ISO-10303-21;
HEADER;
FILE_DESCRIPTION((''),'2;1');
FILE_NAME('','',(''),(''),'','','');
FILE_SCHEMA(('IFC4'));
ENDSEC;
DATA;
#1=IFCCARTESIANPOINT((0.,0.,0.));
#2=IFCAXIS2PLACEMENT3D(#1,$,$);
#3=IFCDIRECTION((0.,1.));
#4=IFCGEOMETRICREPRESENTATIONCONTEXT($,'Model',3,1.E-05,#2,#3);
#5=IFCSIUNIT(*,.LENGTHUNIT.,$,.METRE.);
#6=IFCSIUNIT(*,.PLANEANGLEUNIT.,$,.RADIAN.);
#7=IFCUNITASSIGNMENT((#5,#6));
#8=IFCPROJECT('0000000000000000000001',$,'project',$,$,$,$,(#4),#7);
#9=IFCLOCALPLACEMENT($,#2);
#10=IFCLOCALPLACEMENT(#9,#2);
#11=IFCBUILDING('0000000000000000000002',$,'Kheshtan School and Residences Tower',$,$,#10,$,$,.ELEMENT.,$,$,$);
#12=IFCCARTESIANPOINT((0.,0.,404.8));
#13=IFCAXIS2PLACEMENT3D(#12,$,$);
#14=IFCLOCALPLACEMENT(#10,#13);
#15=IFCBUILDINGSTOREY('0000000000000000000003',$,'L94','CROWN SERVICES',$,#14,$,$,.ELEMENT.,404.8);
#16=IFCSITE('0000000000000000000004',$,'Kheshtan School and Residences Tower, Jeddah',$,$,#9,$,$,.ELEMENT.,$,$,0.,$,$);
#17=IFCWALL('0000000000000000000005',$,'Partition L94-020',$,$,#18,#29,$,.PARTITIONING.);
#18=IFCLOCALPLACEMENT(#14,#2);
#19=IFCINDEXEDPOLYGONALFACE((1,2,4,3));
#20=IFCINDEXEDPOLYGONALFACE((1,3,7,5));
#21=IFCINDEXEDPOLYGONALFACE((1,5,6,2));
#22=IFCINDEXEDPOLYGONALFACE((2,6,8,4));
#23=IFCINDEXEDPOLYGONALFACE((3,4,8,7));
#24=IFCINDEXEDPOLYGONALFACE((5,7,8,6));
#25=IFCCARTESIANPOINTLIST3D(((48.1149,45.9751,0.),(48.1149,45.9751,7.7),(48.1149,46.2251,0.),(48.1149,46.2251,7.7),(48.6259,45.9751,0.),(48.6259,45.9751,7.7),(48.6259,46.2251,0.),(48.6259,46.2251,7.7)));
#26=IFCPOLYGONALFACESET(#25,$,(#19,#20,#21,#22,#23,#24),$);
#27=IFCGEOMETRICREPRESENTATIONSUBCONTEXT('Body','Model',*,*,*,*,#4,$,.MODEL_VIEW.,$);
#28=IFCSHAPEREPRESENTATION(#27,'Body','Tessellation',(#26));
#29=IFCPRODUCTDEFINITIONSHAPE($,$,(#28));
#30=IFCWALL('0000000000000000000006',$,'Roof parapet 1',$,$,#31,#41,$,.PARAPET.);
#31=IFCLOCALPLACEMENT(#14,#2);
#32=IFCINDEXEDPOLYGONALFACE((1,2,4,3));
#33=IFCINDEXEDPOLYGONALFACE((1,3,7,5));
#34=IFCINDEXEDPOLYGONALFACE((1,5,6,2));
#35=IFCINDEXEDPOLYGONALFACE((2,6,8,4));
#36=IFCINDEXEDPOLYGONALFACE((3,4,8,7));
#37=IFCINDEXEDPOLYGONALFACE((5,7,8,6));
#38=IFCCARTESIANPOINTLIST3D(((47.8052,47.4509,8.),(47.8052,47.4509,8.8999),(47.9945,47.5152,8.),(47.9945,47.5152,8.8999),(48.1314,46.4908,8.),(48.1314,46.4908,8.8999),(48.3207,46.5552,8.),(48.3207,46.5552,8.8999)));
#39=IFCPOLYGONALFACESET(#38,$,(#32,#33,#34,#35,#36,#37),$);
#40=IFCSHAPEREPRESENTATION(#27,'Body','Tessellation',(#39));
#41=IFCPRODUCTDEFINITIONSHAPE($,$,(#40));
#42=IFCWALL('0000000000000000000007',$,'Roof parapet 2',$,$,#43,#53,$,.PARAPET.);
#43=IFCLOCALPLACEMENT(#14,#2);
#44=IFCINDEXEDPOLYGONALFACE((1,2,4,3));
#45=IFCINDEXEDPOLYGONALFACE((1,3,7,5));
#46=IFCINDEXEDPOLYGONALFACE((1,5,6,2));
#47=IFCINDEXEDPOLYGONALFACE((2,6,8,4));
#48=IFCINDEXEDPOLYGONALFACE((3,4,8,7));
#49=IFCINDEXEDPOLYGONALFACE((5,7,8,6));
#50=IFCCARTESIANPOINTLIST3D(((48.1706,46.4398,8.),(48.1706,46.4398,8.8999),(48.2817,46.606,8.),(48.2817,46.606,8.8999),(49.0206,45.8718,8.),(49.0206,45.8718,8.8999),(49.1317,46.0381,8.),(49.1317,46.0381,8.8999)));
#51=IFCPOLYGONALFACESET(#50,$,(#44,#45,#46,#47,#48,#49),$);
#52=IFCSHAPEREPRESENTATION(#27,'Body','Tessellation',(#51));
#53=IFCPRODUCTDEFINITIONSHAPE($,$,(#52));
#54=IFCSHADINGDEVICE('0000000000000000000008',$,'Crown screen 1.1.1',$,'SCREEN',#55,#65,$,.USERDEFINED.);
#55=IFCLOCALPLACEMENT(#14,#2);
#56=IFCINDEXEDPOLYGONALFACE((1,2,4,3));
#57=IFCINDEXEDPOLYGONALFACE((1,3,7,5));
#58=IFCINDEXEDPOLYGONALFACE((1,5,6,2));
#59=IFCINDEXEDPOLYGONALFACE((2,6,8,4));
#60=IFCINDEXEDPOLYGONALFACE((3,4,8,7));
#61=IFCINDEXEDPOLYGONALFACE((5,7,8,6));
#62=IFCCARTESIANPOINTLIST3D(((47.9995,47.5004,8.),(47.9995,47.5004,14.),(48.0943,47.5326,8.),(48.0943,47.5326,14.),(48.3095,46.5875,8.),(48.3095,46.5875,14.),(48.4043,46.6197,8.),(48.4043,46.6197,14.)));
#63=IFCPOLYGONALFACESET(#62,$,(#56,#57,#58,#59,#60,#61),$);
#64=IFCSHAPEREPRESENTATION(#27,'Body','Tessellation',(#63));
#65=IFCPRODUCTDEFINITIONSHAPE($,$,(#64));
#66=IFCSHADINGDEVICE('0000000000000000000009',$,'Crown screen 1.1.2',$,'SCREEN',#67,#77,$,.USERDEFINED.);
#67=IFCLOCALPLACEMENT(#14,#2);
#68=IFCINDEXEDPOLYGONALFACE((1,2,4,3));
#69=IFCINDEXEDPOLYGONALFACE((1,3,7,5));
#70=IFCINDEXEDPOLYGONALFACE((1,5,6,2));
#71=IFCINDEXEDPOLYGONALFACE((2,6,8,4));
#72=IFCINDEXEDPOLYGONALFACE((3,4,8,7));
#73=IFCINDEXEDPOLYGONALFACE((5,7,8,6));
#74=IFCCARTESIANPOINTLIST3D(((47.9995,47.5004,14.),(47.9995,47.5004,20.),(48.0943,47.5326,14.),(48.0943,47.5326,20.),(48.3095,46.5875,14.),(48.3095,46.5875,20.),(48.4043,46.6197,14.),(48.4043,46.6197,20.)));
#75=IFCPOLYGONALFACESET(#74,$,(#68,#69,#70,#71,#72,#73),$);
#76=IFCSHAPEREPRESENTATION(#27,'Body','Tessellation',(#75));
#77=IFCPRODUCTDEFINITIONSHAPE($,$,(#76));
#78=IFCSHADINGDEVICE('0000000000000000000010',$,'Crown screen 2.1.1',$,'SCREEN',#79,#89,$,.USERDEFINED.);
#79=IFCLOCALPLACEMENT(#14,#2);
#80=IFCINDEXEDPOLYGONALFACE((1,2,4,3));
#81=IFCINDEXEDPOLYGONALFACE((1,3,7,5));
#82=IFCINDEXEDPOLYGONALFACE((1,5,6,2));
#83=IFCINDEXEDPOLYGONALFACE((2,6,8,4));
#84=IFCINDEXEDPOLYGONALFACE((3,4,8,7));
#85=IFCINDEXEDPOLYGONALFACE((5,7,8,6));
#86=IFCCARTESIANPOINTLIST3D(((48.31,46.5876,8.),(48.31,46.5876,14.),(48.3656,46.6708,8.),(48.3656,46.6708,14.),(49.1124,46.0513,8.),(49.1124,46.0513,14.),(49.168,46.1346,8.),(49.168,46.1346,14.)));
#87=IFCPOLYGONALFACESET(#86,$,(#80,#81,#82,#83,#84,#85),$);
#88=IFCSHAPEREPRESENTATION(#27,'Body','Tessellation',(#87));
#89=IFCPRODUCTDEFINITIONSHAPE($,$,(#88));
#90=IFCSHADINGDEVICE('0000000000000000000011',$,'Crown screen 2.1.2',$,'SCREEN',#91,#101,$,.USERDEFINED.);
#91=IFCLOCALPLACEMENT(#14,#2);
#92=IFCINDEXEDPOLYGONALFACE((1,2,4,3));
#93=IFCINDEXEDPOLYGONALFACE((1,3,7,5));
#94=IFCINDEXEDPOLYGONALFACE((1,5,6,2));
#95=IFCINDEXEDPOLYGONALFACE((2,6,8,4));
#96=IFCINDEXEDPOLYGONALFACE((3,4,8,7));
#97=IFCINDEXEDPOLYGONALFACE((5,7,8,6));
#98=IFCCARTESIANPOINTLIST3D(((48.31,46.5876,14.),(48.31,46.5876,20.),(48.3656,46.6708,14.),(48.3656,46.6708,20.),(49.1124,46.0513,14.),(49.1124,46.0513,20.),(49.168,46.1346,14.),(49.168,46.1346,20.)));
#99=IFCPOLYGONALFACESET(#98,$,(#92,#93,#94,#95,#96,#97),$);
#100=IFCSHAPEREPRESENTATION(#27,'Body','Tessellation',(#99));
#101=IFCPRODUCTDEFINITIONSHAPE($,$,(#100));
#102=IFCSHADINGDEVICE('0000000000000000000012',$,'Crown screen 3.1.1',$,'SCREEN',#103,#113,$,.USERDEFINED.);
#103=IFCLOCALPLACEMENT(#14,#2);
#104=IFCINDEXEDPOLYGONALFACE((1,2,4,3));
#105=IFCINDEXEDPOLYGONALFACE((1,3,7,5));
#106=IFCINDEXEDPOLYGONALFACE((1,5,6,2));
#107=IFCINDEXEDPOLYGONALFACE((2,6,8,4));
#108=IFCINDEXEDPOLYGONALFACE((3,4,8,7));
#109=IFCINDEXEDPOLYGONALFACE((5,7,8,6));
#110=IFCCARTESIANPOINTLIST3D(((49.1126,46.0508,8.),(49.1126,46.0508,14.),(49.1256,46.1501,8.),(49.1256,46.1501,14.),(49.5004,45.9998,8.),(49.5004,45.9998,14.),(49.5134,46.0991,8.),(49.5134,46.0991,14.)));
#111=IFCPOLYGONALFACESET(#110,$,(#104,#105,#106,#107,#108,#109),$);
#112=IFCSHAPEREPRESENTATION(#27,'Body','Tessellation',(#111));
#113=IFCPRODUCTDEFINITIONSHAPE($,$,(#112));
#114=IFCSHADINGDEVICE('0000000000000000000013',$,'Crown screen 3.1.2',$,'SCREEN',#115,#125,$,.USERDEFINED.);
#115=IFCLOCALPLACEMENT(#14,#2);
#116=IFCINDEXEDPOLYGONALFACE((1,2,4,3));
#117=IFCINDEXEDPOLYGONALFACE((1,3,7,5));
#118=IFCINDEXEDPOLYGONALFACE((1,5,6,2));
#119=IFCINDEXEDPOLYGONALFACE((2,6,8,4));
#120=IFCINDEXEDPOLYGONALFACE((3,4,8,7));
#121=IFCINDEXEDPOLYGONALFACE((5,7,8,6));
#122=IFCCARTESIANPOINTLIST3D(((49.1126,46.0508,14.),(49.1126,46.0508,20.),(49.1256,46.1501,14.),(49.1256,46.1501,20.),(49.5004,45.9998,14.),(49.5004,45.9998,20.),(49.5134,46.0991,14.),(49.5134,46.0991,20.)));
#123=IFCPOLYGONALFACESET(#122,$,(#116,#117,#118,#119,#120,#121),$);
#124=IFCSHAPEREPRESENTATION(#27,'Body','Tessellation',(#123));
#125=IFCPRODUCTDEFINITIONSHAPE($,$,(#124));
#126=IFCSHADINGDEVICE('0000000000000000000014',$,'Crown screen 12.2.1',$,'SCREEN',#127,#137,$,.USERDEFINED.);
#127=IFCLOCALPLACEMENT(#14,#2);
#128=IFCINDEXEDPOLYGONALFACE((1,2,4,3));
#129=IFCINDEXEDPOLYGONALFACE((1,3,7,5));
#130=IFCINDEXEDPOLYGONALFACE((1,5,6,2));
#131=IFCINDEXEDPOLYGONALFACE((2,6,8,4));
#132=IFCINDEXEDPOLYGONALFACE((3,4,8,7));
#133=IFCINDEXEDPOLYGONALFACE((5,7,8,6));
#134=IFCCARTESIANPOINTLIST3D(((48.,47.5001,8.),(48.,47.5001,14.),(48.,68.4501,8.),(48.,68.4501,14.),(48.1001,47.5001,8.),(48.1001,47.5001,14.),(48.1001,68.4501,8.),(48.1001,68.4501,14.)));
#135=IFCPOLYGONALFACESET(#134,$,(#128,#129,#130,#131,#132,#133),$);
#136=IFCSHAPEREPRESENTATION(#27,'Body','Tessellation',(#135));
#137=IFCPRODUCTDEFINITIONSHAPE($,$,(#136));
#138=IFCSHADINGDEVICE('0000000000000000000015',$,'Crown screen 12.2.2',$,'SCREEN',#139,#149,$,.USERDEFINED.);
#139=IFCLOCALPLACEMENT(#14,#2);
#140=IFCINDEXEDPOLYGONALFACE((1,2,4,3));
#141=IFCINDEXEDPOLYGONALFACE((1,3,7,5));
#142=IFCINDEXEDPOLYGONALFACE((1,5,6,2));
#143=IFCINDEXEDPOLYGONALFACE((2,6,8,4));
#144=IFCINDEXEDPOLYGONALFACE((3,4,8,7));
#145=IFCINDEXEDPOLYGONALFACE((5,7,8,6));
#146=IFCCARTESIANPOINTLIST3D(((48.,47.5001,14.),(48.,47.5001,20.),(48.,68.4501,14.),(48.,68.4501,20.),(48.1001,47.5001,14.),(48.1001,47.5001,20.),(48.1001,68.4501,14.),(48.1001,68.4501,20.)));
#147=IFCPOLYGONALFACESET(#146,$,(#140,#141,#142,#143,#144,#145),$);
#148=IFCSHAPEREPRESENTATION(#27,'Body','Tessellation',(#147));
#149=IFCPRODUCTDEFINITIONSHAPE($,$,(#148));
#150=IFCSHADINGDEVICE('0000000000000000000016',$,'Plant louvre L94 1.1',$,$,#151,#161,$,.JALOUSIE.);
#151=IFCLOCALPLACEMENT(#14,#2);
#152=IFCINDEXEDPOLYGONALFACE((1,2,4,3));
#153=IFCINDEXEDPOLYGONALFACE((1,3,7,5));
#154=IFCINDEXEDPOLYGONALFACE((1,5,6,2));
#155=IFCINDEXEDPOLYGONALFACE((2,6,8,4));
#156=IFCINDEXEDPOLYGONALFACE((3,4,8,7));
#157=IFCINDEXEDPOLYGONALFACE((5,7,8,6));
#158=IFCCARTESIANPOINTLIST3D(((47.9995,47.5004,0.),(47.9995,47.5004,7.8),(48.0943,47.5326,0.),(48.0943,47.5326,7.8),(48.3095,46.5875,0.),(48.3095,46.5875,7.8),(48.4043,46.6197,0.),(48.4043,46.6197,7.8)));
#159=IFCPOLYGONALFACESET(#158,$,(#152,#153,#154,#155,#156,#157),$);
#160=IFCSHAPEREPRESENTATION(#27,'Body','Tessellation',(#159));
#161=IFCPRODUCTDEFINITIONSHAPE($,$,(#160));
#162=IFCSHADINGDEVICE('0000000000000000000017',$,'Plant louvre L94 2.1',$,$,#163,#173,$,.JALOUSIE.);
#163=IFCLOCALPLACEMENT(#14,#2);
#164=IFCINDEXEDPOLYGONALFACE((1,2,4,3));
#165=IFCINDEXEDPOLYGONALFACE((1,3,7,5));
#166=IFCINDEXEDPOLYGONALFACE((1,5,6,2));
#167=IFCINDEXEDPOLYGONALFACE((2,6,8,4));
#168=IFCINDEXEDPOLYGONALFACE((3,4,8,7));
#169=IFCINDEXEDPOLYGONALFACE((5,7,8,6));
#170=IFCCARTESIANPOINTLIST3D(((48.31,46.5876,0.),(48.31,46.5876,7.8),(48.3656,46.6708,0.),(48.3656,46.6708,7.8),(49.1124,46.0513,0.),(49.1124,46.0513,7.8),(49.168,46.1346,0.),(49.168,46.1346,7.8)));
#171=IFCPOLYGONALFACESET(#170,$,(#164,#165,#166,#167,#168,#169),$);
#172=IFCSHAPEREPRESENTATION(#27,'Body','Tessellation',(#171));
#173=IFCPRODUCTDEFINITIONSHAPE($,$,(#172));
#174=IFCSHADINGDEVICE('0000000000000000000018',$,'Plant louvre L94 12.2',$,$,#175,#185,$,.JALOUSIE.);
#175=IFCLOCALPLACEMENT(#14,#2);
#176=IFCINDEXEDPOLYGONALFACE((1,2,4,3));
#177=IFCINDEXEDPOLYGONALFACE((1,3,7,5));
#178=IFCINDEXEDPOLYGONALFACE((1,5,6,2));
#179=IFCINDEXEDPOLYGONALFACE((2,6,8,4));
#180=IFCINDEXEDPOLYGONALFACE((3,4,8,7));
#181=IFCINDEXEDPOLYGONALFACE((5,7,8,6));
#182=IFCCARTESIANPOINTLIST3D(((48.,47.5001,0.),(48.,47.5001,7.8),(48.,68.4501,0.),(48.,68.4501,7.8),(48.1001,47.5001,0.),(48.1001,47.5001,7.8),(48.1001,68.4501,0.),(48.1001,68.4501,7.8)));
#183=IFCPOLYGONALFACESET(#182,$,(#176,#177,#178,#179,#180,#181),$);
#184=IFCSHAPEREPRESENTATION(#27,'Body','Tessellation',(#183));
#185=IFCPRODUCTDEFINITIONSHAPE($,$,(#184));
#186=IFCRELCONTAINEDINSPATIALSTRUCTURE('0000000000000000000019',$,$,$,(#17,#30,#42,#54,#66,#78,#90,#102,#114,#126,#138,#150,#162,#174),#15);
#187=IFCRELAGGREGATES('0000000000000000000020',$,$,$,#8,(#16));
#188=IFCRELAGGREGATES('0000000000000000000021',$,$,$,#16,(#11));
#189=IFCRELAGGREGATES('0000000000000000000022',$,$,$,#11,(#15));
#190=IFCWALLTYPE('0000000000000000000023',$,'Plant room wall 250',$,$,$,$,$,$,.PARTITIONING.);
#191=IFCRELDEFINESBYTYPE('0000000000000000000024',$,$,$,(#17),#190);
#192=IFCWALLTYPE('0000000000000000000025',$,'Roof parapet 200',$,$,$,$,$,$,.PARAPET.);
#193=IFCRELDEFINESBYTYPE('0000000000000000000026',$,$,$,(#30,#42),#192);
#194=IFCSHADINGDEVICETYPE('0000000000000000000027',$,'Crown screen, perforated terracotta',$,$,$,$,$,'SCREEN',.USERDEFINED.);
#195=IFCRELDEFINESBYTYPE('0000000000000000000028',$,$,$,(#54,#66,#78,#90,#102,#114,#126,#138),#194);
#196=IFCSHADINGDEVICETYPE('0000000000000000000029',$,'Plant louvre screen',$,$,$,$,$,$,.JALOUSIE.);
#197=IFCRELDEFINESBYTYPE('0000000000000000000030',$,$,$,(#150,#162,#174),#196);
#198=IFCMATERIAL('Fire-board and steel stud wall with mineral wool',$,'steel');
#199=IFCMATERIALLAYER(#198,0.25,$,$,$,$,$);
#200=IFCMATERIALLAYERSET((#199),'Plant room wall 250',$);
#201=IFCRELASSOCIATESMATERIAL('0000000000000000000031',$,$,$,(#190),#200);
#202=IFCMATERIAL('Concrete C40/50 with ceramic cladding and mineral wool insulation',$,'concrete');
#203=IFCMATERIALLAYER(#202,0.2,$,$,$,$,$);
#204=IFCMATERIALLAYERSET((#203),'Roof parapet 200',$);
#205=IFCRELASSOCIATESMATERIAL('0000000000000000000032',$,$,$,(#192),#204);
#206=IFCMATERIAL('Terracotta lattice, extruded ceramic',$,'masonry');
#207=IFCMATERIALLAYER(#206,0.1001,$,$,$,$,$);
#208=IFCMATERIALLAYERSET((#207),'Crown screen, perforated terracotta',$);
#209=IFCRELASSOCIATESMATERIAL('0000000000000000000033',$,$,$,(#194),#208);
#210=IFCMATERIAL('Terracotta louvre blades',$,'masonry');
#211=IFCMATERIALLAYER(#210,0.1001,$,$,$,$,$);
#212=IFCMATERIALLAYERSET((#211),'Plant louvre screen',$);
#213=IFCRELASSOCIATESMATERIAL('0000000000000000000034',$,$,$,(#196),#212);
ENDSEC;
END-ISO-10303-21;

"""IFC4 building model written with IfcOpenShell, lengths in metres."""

from ifc_helpers import new_model, si_unit, direction, frame, frame_2d, origin, origin_2d, place, context, subcontext, project, spatial, rectangle, extrude, material, layer, layer_set, type_object, element, save


model = new_model("IFC4")

# Units and contexts
model_context = context("Model", 3, precision=1e-05, world=origin(), true_north=direction((0.0, 1.0)))
body_context = subcontext(model_context, "Body", "Model", "MODEL_VIEW")
ifc_project = project(units=[si_unit("LENGTHUNIT", "METRE"), si_unit("PLANEANGLEUNIT", "RADIAN")], contexts=[model_context])

# Site, building, storey
site_placement = place(None, origin())
site = spatial("IfcSite", under=ifc_project, at=site_placement, Name="Kheshtan School and Residences Tower, Jeddah", CompositionType="ELEMENT", RefElevation=0.0)
building_placement = place(site_placement, origin())
building = spatial("IfcBuilding", under=site, at=building_placement, Name="Kheshtan School and Residences Tower", CompositionType="ELEMENT")
storey_placement = place(building_placement, frame((0.0, 0.0, 404.8)))
storey = spatial("IfcBuildingStorey", under=building, at=storey_placement, Name="L94", Description="CROWN SERVICES", CompositionType="ELEMENT", Elevation=404.8)

# Walls
ifc_material_1 = material(Name="Concrete C40/50 with ceramic cladding and mineral wool insulation", Category="concrete")
ifc_material_2 = material(Name="Fire-board and steel stud wall with mineral wool", Category="steel")
ifc_layer_1 = layer(ifc_material_2, 0.25)
ifc_layer_set_1 = layer_set([ifc_layer_1], Name="Plant room wall 250")
wall_type_1 = type_object("IfcWallType", Name="Plant room wall 250", PredefinedType="PARTITIONING", material=ifc_layer_set_1)
wall_1_placement = place(storey_placement, frame((48.115, 46.1001, 0.0), z_axis=(0.0, 0.0, 1.0), x_axis=(1.0, 0.0, 0.0)))
element("IfcWall", 1, at=wall_1_placement, inside=storey, type_object=wall_type_1, Name="Partition L94-020", PredefinedType="PARTITIONING", context=body_context, shape_type="SweptSolid", body=[
    extrude(rectangle(XDim=0.511, YDim=0.25, at=frame_2d((0.2554, 0.0))), origin(), (0.0, 0.0, 1.0), 7.7),
])
ifc_layer_2 = layer(ifc_material_1, 0.2)
ifc_layer_set_2 = layer_set([ifc_layer_2], Name="Roof parapet 200")
wall_type_2 = type_object("IfcWallType", Name="Roof parapet 200", PredefinedType="PARAPET", material=ifc_layer_set_2)
wall_2_placement = place(storey_placement, frame((47.8999, 47.4829, 8.0), z_axis=(0.0, 0.0, 1.0), x_axis=(0.321713, -0.946837, 0.0)))
element("IfcWall", 2, at=wall_2_placement, inside=storey, type_object=wall_type_2, Name="Roof parapet 1", PredefinedType="PARAPET", context=body_context, shape_type="SweptSolid", body=[
    extrude(rectangle(XDim=1.0139, YDim=0.2, at=frame_2d((0.5068, 0.0))), origin(), (0.0, 0.0, 1.0), 0.8999),
])
wall_3_placement = place(storey_placement, frame((48.2261, 46.5229, 8.0), z_axis=(0.0, 0.0, 1.0), x_axis=(0.831462, -0.555582, 0.0)))
element("IfcWall", 3, at=wall_3_placement, inside=storey, type_object=wall_type_2, Name="Roof parapet 2", PredefinedType="PARAPET", context=body_context, shape_type="SweptSolid", body=[
    extrude(rectangle(XDim=1.0222, YDim=0.2, at=frame_2d((0.5112, 0.0))), origin(), (0.0, 0.0, 1.0), 0.8999),
])

# Shading devices
ifc_material_3 = material(Name="Terracotta lattice, extruded ceramic", Category="masonry")
ifc_layer_3 = layer(ifc_material_3, 0.1001)
ifc_layer_set_3 = layer_set([ifc_layer_3], Name="Crown screen, perforated terracotta")
shading_device_type_1 = type_object("IfcShadingDeviceType", Name="Crown screen, perforated terracotta", ElementType="SCREEN", PredefinedType="USERDEFINED", material=ifc_layer_set_3)
for number, where, z_axis, x_axis, name in (
    (4, (48.2019, 47.0601, 8.0), (0.0, 0.0, 1.0), (0.321506, -0.946908, 0.0), "Crown screen 1.1.1"),
    (5, (48.2019, 47.0601, 14.0), (0.0, 0.0, 1.0), (0.321506, -0.946908, 0.0), "Crown screen 1.1.2"),
):
    element("IfcShadingDevice", number, at=place(storey_placement, frame(where, z_axis=z_axis, x_axis=x_axis)), inside=storey, type_object=shading_device_type_1, Name=name, ObjectType="SCREEN", PredefinedType="USERDEFINED", context=body_context, shape_type="SweptSolid", body=[
        extrude(rectangle(XDim=0.9641, YDim=0.1001, at=origin_2d()), origin(), (0.0, 0.0, 1.0), 6.0),
    ])
for number, where, z_axis, x_axis, name in (
    (6, (48.739, 46.3611, 8.0), (0.0, 0.0, 1.0), (0.831411, -0.555657, 0.0), "Crown screen 2.1.1"),
    (7, (48.739, 46.3611, 14.0), (0.0, 0.0, 1.0), (0.831411, -0.555657, 0.0), "Crown screen 2.1.2"),
):
    element("IfcShadingDevice", number, at=place(storey_placement, frame(where, z_axis=z_axis, x_axis=x_axis)), inside=storey, type_object=shading_device_type_1, Name=name, ObjectType="SCREEN", PredefinedType="USERDEFINED", context=body_context, shape_type="SweptSolid", body=[
        extrude(rectangle(XDim=0.9651, YDim=0.1001, at=origin_2d()), origin(), (0.0, 0.0, 1.0), 6.0),
    ])
for number, where, z_axis, x_axis, name in (
    (8, (49.313, 46.075, 8.0), (0.0, 0.0, 1.0), (0.991472, -0.130319, 0.0), "Crown screen 3.1.1"),
    (9, (49.313, 46.075, 14.0), (0.0, 0.0, 1.0), (0.991472, -0.130319, 0.0), "Crown screen 3.1.2"),
):
    element("IfcShadingDevice", number, at=place(storey_placement, frame(where, z_axis=z_axis, x_axis=x_axis)), inside=storey, type_object=shading_device_type_1, Name=name, ObjectType="SCREEN", PredefinedType="USERDEFINED", context=body_context, shape_type="SweptSolid", body=[
        extrude(rectangle(XDim=0.3911, YDim=0.1001, at=origin_2d()), origin(), (0.0, 0.0, 1.0), 6.0),
    ])
for number, where, z_axis, x_axis, name in (
    (10, (48.05, 57.9751, 8.0), (0.0, 0.0, 1.0), (0.0, -1.0, 0.0), "Crown screen 12.2.1"),
    (11, (48.05, 57.9751, 14.0), (0.0, 0.0, 1.0), (0.0, -1.0, 0.0), "Crown screen 12.2.2"),
):
    element("IfcShadingDevice", number, at=place(storey_placement, frame(where, z_axis=z_axis, x_axis=x_axis)), inside=storey, type_object=shading_device_type_1, Name=name, ObjectType="SCREEN", PredefinedType="USERDEFINED", context=body_context, shape_type="SweptSolid", body=[
        extrude(rectangle(XDim=20.95, YDim=0.1001, at=origin_2d()), origin(), (0.0, 0.0, 1.0), 6.0),
    ])
ifc_material_4 = material(Name="Terracotta louvre blades", Category="masonry")
ifc_layer_4 = layer(ifc_material_4, 0.1001)
ifc_layer_set_4 = layer_set([ifc_layer_4], Name="Plant louvre screen")
shading_device_type_2 = type_object("IfcShadingDeviceType", Name="Plant louvre screen", PredefinedType="JALOUSIE", material=ifc_layer_set_4)
shading_device_1_placement = place(storey_placement, frame((48.2019, 47.0601, 0.0), z_axis=(0.0, 0.0, 1.0), x_axis=(0.321506, -0.946908, 0.0)))
element("IfcShadingDevice", 12, at=shading_device_1_placement, inside=storey, type_object=shading_device_type_2, Name="Plant louvre L94 1.1", PredefinedType="JALOUSIE", context=body_context, shape_type="SweptSolid", body=[
    extrude(rectangle(XDim=0.9641, YDim=0.1001, at=origin_2d()), origin(), (0.0, 0.0, 1.0), 7.8),
])
shading_device_2_placement = place(storey_placement, frame((48.739, 46.3611, 0.0), z_axis=(0.0, 0.0, 1.0), x_axis=(0.831411, -0.555657, 0.0)))
element("IfcShadingDevice", 13, at=shading_device_2_placement, inside=storey, type_object=shading_device_type_2, Name="Plant louvre L94 2.1", PredefinedType="JALOUSIE", context=body_context, shape_type="SweptSolid", body=[
    extrude(rectangle(XDim=0.9651, YDim=0.1001, at=origin_2d()), origin(), (0.0, 0.0, 1.0), 7.8),
])
shading_device_3_placement = place(storey_placement, frame((48.05, 57.9751, 0.0), z_axis=(0.0, 0.0, 1.0), x_axis=(0.0, -1.0, 0.0)))
element("IfcShadingDevice", 14, at=shading_device_3_placement, inside=storey, type_object=shading_device_type_2, Name="Plant louvre L94 12.2", PredefinedType="JALOUSIE", context=body_context, shape_type="SweptSolid", body=[
    extrude(rectangle(XDim=20.95, YDim=0.1001, at=origin_2d()), origin(), (0.0, 0.0, 1.0), 7.8),
])

save(model, "model.ifc")
